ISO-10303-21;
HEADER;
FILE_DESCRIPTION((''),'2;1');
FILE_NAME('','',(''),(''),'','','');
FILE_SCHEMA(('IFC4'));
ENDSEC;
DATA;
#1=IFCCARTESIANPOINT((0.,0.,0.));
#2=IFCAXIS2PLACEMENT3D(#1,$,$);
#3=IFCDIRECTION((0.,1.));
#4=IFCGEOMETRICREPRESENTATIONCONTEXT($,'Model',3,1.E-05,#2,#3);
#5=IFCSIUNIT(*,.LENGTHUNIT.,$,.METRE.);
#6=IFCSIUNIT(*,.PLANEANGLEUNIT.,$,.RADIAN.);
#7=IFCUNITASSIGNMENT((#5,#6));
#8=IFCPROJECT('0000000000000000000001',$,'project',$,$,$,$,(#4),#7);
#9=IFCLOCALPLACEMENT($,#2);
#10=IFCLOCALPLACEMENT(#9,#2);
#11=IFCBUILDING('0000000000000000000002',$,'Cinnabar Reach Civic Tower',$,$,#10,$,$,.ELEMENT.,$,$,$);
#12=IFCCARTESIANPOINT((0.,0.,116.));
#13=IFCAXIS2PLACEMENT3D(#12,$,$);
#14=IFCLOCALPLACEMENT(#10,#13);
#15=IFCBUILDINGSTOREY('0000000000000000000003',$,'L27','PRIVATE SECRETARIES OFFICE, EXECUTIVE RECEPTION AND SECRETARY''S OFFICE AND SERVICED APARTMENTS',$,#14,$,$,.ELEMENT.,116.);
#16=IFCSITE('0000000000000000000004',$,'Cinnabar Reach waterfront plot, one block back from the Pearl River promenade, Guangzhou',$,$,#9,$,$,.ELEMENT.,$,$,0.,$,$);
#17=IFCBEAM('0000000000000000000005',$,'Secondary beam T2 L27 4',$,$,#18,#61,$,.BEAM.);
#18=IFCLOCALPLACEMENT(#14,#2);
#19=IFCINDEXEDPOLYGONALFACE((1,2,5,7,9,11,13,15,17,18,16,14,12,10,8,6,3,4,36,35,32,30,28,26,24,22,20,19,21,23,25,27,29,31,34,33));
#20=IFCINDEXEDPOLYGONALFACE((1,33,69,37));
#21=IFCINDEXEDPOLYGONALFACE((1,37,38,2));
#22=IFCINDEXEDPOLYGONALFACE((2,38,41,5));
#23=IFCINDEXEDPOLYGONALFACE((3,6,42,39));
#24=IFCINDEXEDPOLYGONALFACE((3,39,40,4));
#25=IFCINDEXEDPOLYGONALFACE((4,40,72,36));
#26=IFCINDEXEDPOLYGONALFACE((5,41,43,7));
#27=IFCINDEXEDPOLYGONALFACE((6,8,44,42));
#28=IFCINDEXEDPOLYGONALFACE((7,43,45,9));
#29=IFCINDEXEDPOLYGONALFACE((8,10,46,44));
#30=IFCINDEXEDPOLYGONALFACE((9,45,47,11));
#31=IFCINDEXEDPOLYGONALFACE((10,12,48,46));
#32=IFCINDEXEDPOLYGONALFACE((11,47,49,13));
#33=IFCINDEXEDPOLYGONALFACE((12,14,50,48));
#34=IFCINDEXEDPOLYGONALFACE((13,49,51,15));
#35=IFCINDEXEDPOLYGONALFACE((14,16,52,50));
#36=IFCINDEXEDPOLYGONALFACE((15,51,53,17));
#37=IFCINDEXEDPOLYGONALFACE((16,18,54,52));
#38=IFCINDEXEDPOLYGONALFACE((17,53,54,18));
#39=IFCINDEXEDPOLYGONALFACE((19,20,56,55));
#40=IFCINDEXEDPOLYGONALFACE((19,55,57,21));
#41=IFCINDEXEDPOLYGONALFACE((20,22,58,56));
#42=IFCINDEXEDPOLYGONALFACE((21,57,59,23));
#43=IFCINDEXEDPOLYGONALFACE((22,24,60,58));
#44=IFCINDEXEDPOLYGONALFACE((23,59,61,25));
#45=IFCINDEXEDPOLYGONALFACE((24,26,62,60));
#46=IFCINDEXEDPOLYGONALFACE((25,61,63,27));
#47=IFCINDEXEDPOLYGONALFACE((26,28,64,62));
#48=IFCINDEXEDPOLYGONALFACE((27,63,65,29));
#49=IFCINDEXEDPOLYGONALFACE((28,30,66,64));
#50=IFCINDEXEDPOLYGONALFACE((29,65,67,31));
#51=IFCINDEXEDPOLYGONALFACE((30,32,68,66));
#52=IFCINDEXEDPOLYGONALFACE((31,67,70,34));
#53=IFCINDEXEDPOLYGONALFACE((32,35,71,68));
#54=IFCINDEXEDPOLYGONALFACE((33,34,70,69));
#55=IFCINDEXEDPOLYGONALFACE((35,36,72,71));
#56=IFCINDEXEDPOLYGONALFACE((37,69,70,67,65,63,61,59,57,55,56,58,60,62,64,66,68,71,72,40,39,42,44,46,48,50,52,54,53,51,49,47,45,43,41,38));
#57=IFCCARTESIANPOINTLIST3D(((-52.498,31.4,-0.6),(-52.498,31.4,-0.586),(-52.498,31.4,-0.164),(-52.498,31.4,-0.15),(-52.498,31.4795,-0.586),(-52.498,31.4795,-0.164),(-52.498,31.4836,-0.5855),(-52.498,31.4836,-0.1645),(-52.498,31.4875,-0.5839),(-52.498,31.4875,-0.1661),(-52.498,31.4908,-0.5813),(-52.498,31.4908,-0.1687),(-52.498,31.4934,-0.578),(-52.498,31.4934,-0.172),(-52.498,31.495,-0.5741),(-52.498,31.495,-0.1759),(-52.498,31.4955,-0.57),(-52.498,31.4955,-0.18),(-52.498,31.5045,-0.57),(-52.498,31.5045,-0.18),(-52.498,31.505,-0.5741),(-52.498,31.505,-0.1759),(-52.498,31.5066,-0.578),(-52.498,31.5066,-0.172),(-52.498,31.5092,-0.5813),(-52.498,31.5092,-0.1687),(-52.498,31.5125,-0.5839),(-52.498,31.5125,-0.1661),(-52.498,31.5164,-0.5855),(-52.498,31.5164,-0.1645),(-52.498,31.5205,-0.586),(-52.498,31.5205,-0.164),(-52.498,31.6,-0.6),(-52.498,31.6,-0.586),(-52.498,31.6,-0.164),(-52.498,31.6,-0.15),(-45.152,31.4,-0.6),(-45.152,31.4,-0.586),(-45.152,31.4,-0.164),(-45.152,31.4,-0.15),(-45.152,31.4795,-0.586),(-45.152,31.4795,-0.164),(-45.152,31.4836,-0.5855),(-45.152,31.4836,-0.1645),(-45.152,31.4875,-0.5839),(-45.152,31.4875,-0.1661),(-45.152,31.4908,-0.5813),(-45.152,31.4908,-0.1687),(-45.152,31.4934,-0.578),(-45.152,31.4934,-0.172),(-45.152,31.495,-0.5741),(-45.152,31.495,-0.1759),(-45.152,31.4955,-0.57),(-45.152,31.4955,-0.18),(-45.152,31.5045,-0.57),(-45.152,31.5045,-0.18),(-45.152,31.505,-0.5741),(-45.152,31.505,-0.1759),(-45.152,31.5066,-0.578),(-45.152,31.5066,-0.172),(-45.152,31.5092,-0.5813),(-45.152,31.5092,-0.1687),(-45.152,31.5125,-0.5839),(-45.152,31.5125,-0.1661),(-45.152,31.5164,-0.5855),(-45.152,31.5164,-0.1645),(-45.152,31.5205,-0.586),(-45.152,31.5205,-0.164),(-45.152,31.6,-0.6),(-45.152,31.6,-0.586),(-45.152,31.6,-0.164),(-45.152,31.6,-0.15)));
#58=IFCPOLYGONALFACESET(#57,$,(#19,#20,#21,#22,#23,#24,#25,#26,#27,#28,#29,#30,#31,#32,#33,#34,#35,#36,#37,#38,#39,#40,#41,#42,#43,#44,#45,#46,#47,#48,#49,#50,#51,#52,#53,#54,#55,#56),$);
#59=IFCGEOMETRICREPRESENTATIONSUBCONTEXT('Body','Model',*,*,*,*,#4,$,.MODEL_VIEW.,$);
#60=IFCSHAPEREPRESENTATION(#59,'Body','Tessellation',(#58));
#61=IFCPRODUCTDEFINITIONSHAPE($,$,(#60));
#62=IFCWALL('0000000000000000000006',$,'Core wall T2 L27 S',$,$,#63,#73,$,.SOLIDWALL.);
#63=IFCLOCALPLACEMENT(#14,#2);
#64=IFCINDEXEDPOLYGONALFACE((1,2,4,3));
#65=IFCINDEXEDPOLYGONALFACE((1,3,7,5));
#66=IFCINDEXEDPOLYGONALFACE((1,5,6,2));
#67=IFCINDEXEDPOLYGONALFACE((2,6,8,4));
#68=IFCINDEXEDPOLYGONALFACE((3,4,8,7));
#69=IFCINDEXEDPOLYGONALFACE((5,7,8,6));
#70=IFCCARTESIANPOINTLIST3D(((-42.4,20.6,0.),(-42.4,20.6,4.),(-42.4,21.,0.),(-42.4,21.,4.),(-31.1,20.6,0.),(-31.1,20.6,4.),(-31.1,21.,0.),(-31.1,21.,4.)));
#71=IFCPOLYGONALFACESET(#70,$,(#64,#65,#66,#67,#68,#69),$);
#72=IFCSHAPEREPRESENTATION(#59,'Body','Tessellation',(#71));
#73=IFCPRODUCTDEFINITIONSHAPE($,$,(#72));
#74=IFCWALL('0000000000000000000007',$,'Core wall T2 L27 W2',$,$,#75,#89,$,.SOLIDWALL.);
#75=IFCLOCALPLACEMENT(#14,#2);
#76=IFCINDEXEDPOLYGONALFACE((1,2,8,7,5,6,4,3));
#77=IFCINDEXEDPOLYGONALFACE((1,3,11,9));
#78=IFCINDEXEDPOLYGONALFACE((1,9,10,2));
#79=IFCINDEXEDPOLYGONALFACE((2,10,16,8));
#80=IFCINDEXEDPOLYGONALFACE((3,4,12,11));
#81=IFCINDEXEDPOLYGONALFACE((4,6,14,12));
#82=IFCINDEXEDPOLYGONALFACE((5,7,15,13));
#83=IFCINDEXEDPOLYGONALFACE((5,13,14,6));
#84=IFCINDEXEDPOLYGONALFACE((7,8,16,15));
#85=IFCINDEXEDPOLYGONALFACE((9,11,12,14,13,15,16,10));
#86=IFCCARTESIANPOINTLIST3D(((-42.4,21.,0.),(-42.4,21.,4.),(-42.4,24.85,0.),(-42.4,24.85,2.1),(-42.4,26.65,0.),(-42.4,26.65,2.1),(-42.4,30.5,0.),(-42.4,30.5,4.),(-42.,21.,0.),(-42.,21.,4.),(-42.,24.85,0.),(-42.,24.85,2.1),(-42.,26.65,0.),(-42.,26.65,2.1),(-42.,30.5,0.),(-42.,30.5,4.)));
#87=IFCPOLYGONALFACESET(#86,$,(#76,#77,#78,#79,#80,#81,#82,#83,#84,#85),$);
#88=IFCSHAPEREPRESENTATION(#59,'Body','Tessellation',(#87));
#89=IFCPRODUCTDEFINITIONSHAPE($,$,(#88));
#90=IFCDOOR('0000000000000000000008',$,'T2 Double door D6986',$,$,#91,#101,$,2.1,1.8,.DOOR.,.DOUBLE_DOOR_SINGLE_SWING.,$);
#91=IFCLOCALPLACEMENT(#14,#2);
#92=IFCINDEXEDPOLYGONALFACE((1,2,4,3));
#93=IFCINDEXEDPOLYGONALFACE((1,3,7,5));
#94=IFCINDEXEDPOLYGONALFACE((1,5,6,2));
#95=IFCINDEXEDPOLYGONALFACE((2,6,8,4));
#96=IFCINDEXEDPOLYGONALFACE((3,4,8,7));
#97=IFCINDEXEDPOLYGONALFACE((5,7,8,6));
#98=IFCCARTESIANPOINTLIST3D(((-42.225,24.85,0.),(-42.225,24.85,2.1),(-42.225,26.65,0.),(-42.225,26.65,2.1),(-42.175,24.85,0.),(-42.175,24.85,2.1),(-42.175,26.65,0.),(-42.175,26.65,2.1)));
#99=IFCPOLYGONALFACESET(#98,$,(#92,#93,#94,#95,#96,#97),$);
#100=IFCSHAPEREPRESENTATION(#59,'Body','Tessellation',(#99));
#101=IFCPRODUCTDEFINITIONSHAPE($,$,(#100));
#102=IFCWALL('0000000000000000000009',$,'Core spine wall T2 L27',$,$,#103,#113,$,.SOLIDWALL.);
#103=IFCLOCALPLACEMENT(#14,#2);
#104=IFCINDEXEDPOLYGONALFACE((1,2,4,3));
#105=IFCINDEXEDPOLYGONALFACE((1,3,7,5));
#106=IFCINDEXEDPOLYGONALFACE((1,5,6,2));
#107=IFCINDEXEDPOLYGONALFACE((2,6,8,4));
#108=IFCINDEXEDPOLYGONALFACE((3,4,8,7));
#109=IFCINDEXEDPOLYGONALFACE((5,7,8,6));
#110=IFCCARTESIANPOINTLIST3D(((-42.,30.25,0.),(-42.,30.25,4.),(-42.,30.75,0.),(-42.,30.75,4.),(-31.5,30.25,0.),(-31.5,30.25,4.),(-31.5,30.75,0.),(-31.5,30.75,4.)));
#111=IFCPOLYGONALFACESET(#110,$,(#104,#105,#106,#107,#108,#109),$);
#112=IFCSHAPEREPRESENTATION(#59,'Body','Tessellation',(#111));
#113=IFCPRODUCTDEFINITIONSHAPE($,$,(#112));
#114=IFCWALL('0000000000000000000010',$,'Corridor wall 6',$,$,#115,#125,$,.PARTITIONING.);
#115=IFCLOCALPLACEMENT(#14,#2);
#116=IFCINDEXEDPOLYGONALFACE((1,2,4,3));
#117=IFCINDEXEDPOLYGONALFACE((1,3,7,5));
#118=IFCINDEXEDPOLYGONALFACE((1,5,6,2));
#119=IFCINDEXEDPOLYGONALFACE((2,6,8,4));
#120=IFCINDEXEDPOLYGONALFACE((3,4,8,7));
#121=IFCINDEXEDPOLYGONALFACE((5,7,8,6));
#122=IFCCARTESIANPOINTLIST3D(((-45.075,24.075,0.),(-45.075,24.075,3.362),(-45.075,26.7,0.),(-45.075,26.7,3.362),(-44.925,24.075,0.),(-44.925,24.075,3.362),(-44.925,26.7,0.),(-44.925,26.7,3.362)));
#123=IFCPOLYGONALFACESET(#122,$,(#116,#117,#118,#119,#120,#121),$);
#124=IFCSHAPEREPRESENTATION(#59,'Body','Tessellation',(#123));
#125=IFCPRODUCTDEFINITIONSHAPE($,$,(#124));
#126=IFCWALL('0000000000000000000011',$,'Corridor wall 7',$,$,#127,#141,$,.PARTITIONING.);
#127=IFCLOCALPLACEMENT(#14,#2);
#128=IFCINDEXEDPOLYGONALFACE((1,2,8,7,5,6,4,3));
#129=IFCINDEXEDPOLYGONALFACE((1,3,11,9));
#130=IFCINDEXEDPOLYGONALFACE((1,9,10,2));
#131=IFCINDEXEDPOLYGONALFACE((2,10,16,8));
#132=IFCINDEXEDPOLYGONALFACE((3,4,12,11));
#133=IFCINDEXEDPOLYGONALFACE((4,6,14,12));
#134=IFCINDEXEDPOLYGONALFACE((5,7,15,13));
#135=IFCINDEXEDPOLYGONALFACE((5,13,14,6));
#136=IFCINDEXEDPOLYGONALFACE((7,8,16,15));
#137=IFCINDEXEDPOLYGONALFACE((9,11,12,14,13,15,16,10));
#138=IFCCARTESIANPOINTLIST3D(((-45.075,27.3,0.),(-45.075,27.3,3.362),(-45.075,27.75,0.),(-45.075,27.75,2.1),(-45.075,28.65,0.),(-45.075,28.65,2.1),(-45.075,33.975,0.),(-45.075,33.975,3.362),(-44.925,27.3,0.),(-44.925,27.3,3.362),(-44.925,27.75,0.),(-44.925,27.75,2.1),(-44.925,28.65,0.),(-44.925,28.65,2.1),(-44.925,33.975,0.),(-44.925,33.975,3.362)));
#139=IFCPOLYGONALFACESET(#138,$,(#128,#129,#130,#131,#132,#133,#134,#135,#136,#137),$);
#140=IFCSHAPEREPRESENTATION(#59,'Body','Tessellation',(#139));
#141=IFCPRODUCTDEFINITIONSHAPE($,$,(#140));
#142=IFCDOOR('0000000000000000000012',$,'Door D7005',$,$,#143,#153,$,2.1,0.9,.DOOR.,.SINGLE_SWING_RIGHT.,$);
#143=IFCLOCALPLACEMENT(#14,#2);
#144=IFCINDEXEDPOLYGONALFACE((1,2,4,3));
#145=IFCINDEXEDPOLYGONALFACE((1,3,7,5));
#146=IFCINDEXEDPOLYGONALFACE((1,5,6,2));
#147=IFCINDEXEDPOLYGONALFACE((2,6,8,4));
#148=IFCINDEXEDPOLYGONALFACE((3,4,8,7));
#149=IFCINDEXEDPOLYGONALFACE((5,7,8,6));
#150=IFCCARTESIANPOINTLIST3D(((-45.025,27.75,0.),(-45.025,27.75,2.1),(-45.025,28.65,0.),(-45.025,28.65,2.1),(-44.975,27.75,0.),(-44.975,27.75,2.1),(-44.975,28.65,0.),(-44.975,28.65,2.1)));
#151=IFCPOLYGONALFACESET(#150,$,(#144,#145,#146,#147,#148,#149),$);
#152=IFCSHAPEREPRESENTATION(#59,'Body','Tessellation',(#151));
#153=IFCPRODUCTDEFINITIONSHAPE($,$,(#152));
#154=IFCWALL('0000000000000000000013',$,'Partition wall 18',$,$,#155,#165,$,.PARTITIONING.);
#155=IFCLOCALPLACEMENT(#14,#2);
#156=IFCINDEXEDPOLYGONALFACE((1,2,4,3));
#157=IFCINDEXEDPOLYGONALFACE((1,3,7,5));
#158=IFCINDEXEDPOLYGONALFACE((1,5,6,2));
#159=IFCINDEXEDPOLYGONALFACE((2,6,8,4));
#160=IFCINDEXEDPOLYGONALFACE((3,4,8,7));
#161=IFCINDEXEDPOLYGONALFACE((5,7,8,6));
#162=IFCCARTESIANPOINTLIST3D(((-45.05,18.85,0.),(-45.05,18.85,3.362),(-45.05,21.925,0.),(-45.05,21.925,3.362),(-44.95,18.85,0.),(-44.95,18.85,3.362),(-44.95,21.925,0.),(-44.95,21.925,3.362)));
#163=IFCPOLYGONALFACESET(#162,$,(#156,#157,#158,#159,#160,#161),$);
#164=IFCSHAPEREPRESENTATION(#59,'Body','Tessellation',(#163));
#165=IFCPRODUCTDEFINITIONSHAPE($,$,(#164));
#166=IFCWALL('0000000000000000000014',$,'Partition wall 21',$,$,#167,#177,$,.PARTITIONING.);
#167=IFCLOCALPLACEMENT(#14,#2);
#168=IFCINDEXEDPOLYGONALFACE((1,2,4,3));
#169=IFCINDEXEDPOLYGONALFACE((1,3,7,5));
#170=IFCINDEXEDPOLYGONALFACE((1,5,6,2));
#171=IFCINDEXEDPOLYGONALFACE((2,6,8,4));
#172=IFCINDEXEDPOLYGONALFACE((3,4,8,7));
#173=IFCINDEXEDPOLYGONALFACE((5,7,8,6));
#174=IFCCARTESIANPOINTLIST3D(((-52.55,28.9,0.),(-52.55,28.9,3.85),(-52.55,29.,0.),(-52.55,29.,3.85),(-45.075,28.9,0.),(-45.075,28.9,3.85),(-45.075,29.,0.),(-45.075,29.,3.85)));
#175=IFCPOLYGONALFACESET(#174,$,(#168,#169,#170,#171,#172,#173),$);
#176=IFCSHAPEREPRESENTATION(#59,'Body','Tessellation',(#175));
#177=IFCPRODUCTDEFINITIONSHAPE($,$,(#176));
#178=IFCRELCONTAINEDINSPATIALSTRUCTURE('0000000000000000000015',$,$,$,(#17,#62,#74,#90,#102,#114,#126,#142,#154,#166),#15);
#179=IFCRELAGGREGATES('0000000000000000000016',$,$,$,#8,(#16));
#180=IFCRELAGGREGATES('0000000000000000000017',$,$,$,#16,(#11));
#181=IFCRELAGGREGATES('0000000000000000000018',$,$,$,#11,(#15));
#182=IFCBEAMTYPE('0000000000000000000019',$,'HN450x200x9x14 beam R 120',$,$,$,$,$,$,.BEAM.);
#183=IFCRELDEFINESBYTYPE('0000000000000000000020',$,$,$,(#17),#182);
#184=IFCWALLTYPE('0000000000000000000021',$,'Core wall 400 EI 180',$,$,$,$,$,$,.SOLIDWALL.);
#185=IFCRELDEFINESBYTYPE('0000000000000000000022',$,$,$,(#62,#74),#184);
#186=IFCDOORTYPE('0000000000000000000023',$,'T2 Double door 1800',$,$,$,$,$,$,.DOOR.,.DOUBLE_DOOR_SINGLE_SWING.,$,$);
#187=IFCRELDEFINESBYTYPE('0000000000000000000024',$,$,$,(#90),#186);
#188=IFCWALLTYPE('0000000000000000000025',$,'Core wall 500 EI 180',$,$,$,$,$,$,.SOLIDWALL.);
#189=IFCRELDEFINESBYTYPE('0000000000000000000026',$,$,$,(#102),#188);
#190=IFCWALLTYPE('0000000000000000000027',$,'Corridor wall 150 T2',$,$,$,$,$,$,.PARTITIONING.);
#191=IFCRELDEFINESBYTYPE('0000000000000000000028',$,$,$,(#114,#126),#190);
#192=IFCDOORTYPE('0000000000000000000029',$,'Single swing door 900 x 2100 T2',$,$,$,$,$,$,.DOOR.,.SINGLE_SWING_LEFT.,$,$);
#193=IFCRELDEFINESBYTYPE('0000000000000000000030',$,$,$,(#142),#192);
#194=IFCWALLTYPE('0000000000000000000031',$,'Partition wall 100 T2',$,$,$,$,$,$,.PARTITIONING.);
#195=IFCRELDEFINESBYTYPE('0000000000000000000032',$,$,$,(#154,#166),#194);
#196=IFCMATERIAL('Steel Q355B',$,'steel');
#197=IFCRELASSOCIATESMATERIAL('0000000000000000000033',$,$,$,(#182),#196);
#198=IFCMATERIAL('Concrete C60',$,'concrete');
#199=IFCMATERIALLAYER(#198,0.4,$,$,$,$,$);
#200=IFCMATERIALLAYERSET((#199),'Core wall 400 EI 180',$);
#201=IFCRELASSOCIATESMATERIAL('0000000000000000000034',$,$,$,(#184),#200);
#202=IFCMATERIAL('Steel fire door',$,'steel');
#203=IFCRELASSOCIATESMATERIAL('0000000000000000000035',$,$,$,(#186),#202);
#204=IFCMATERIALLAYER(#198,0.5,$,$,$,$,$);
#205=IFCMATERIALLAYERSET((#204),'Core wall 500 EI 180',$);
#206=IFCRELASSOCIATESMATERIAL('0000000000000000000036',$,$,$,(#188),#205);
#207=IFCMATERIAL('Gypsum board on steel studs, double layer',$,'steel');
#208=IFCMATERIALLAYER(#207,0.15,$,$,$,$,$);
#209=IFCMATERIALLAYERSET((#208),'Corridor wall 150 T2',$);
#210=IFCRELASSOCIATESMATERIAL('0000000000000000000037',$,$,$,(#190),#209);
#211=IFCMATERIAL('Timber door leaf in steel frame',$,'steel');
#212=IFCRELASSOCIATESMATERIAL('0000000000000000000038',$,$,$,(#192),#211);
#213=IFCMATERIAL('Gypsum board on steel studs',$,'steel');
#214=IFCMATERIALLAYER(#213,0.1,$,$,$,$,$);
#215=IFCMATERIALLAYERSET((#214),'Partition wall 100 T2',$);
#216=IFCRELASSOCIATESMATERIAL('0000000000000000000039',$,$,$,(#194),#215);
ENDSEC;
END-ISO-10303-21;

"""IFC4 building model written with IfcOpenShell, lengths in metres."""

from ifc_helpers import new_model, si_unit, direction, frame, frame_2d, origin, origin_2d, place, context, subcontext, project, spatial, rectangle, i_section, extrude, material, layer, layer_set, material_profile, profile_set, type_object, element, fill, save


model = new_model("IFC4")

# Units and contexts
model_context = context("Model", 3, precision=1e-05, world=origin(), true_north=direction((0.0, 1.0)))
body_context = subcontext(model_context, "Body", "Model", "MODEL_VIEW")
ifc_project = project(units=[si_unit("LENGTHUNIT", "METRE"), si_unit("PLANEANGLEUNIT", "RADIAN")], contexts=[model_context])

# Site, building, storey
site_placement = place(None, origin())
site = spatial("IfcSite", under=ifc_project, at=site_placement, Name="Cinnabar Reach waterfront plot, one block back from the Pearl River promenade, Guangzhou", CompositionType="ELEMENT", RefElevation=0.0)
building_placement = place(site_placement, origin())
building = spatial("IfcBuilding", under=site, at=building_placement, Name="Cinnabar Reach Civic Tower", CompositionType="ELEMENT")
storey_placement = place(building_placement, frame((0.0, 0.0, 116.0)))
storey = spatial("IfcBuildingStorey", under=building, at=storey_placement, Name="L27", Description="PRIVATE SECRETARIES OFFICE, EXECUTIVE RECEPTION AND SECRETARY'S OFFICE AND SERVICED APARTMENTS", CompositionType="ELEMENT", Elevation=116.0)

# Shared definitions
ifc_material_1 = material(Name="Concrete C60", Category="concrete")

# Beam
ifc_material_2 = material(Name="Steel Q355B", Category="steel")
ifc_material_profile_1 = material_profile(ifc_material_2, i_section(OverallWidth=0.2, OverallDepth=0.45, WebThickness=0.009, FlangeThickness=0.014, FilletRadius=0.016, at=origin_2d()), Name="HN450x200x9x14")
ifc_profile_set_1 = profile_set([ifc_material_profile_1], Name="Steel Q355B")
beam_type_1 = type_object("IfcBeamType", Name="HN450x200x9x14 beam R 120", PredefinedType="BEAM", material=ifc_profile_set_1)
beam_1_placement = place(storey_placement, frame((-52.498, 31.5, -0.375), z_axis=(1.0, 0.0, 0.0), x_axis=(0.0, 1.0, 0.0)))
element("IfcBeam", 1, at=beam_1_placement, inside=storey, type_object=beam_type_1, Name="Secondary beam T2 L27 4", PredefinedType="BEAM", context=body_context, shape_type="SweptSolid", body=[
    extrude(i_section(OverallWidth=0.2, OverallDepth=0.45, WebThickness=0.009, FlangeThickness=0.014, FilletRadius=0.016, at=origin_2d()), origin(), (0.0, 0.0, 1.0), 7.346),
])

# Wall
ifc_layer_1 = layer(ifc_material_1, 0.4)
ifc_layer_set_1 = layer_set([ifc_layer_1], Name="Core wall 400 EI 180")
wall_type_1 = type_object("IfcWallType", Name="Core wall 400 EI 180", PredefinedType="SOLIDWALL", material=ifc_layer_set_1)
wall_1_placement = place(storey_placement, frame((-42.4, 20.8, 0.0), z_axis=(0.0, 0.0, 1.0), x_axis=(1.0, 0.0, 0.0)))
element("IfcWall", 2, at=wall_1_placement, inside=storey, type_object=wall_type_1, Name="Core wall T2 L27 S", PredefinedType="SOLIDWALL", context=body_context, shape_type="SweptSolid", body=[
    extrude(rectangle(XDim=11.3, YDim=0.4, at=frame_2d((5.65, 0.0))), origin(), (0.0, 0.0, 1.0), 4.0),
])

# Wall, opening, door
wall_2_placement = place(storey_placement, frame((-42.2, 30.5, 0.0), z_axis=(0.0, 0.0, 1.0), x_axis=(0.0, -1.0, 0.0)))
wall_2 = element("IfcWall", 3, at=wall_2_placement, inside=storey, type_object=wall_type_1, Name="Core wall T2 L27 W2", PredefinedType="SOLIDWALL", context=body_context, shape_type="SweptSolid", body=[
    extrude(rectangle(XDim=9.5, YDim=0.4, at=frame_2d((4.75, 0.0))), origin(), (0.0, 0.0, 1.0), 4.0),
])
opening_1_placement = place(wall_2_placement, frame((3.85, 0.0, 0.0)))
opening_1 = element("IfcOpeningElement", 4, at=opening_1_placement, cuts=wall_2, PredefinedType="OPENING", context=body_context, shape_type="SweptSolid", body=[
    extrude(rectangle(XDim=1.8, YDim=2.1, at=frame_2d((0.9, 1.05))), frame((0.0, 0.21, 0.0), z_axis=(0.0, -1.0, 0.0), x_axis=(1.0, 0.0, 0.0)), (0.0, 0.0, 1.0), 0.42),
])
ifc_material_3 = material(Name="Steel fire door", Category="steel")
door_type_1 = type_object("IfcDoorType", Name="T2 Double door 1800", OperationType="DOUBLE_DOOR_SINGLE_SWING", PredefinedType="DOOR", material=ifc_material_3)
door_1_placement = place(opening_1_placement, origin())
door_1 = element("IfcDoor", 5, at=door_1_placement, inside=storey, type_object=door_type_1, Name="T2 Double door D6986", OperationType="DOUBLE_DOOR_SINGLE_SWING", OverallHeight=2.1, OverallWidth=1.8, PredefinedType="DOOR", context=body_context, shape_type="SweptSolid", body=[
    extrude(rectangle(XDim=1.8, YDim=2.1, at=frame_2d((0.9, 1.05))), frame((0.0, 0.025, 0.0), z_axis=(0.0, -1.0, 0.0), x_axis=(1.0, 0.0, 0.0)), (0.0, 0.0, 1.0), 0.05),
])
fill(opening_1, door_1)

# Walls
ifc_layer_2 = layer(ifc_material_1, 0.5)
ifc_layer_set_2 = layer_set([ifc_layer_2], Name="Core wall 500 EI 180")
wall_type_2 = type_object("IfcWallType", Name="Core wall 500 EI 180", PredefinedType="SOLIDWALL", material=ifc_layer_set_2)
wall_3_placement = place(storey_placement, frame((-42.0, 30.5, 0.0), z_axis=(0.0, 0.0, 1.0), x_axis=(1.0, 0.0, 0.0)))
element("IfcWall", 6, at=wall_3_placement, inside=storey, type_object=wall_type_2, Name="Core spine wall T2 L27", PredefinedType="SOLIDWALL", context=body_context, shape_type="SweptSolid", body=[
    extrude(rectangle(XDim=10.5, YDim=0.5, at=frame_2d((5.25, 0.0))), origin(), (0.0, 0.0, 1.0), 4.0),
])
ifc_material_4 = material(Name="Gypsum board on steel studs, double layer", Category="steel")
ifc_layer_3 = layer(ifc_material_4, 0.15)
ifc_layer_set_3 = layer_set([ifc_layer_3], Name="Corridor wall 150 T2")
wall_type_3 = type_object("IfcWallType", Name="Corridor wall 150 T2", PredefinedType="PARTITIONING", material=ifc_layer_set_3)
wall_4_placement = place(storey_placement, frame((-45.0, 24.075, 0.0), z_axis=(0.0, 0.0, 1.0), x_axis=(0.0, 1.0, 0.0)))
element("IfcWall", 7, at=wall_4_placement, inside=storey, type_object=wall_type_3, Name="Corridor wall 6", PredefinedType="PARTITIONING", context=body_context, shape_type="SweptSolid", body=[
    extrude(rectangle(XDim=2.625, YDim=0.15, at=frame_2d((1.3125, 0.0))), origin(), (0.0, 0.0, 1.0), 3.362),
])

# Wall, opening, door
wall_5_placement = place(storey_placement, frame((-45.0, 27.3, 0.0), z_axis=(0.0, 0.0, 1.0), x_axis=(0.0, 1.0, 0.0)))
wall_5 = element("IfcWall", 8, at=wall_5_placement, inside=storey, type_object=wall_type_3, Name="Corridor wall 7", PredefinedType="PARTITIONING", context=body_context, shape_type="SweptSolid", body=[
    extrude(rectangle(XDim=6.675, YDim=0.15, at=frame_2d((3.3375, 0.0))), origin(), (0.0, 0.0, 1.0), 3.362),
])
opening_2_placement = place(wall_5_placement, frame((0.45, 0.0, 0.0)))
opening_2 = element("IfcOpeningElement", 9, at=opening_2_placement, cuts=wall_5, PredefinedType="OPENING", context=body_context, shape_type="SweptSolid", body=[
    extrude(rectangle(XDim=0.9, YDim=2.1, at=frame_2d((0.45, 1.05))), frame((0.0, 0.085, 0.0), z_axis=(0.0, -1.0, 0.0), x_axis=(1.0, 0.0, 0.0)), (0.0, 0.0, 1.0), 0.17),
])
ifc_material_5 = material(Name="Timber door leaf in steel frame", Category="steel")
door_type_2 = type_object("IfcDoorType", Name="Single swing door 900 x 2100 T2", OperationType="SINGLE_SWING_LEFT", PredefinedType="DOOR", material=ifc_material_5)
door_2_placement = place(opening_2_placement, origin())
door_2 = element("IfcDoor", 10, at=door_2_placement, inside=storey, type_object=door_type_2, Name="Door D7005", OperationType="SINGLE_SWING_RIGHT", OverallHeight=2.1, OverallWidth=0.9, PredefinedType="DOOR", context=body_context, shape_type="SweptSolid", body=[
    extrude(rectangle(XDim=0.9, YDim=2.1, at=frame_2d((0.45, 1.05))), frame((0.0, 0.025, 0.0), z_axis=(0.0, -1.0, 0.0), x_axis=(1.0, 0.0, 0.0)), (0.0, 0.0, 1.0), 0.05),
])
fill(opening_2, door_2)

# Walls
ifc_material_6 = material(Name="Gypsum board on steel studs", Category="steel")
ifc_layer_4 = layer(ifc_material_6, 0.1)
ifc_layer_set_4 = layer_set([ifc_layer_4], Name="Partition wall 100 T2")
wall_type_4 = type_object("IfcWallType", Name="Partition wall 100 T2", PredefinedType="PARTITIONING", material=ifc_layer_set_4)
wall_6_placement = place(storey_placement, frame((-45.0, 18.85, 0.0), z_axis=(0.0, 0.0, 1.0), x_axis=(0.0, 1.0, 0.0)))
element("IfcWall", 11, at=wall_6_placement, inside=storey, type_object=wall_type_4, Name="Partition wall 18", PredefinedType="PARTITIONING", context=body_context, shape_type="SweptSolid", body=[
    extrude(rectangle(XDim=3.075, YDim=0.1, at=frame_2d((1.5375, 0.0))), origin(), (0.0, 0.0, 1.0), 3.362),
])
wall_7_placement = place(storey_placement, frame((-52.55, 28.95, 0.0), z_axis=(0.0, 0.0, 1.0), x_axis=(1.0, 0.0, 0.0)))
element("IfcWall", 12, at=wall_7_placement, inside=storey, type_object=wall_type_4, Name="Partition wall 21", PredefinedType="PARTITIONING", context=body_context, shape_type="SweptSolid", body=[
    extrude(rectangle(XDim=7.475, YDim=0.1, at=frame_2d((3.7375, 0.0))), origin(), (0.0, 0.0, 1.0), 3.85),
])

save(model, "model.ifc")
